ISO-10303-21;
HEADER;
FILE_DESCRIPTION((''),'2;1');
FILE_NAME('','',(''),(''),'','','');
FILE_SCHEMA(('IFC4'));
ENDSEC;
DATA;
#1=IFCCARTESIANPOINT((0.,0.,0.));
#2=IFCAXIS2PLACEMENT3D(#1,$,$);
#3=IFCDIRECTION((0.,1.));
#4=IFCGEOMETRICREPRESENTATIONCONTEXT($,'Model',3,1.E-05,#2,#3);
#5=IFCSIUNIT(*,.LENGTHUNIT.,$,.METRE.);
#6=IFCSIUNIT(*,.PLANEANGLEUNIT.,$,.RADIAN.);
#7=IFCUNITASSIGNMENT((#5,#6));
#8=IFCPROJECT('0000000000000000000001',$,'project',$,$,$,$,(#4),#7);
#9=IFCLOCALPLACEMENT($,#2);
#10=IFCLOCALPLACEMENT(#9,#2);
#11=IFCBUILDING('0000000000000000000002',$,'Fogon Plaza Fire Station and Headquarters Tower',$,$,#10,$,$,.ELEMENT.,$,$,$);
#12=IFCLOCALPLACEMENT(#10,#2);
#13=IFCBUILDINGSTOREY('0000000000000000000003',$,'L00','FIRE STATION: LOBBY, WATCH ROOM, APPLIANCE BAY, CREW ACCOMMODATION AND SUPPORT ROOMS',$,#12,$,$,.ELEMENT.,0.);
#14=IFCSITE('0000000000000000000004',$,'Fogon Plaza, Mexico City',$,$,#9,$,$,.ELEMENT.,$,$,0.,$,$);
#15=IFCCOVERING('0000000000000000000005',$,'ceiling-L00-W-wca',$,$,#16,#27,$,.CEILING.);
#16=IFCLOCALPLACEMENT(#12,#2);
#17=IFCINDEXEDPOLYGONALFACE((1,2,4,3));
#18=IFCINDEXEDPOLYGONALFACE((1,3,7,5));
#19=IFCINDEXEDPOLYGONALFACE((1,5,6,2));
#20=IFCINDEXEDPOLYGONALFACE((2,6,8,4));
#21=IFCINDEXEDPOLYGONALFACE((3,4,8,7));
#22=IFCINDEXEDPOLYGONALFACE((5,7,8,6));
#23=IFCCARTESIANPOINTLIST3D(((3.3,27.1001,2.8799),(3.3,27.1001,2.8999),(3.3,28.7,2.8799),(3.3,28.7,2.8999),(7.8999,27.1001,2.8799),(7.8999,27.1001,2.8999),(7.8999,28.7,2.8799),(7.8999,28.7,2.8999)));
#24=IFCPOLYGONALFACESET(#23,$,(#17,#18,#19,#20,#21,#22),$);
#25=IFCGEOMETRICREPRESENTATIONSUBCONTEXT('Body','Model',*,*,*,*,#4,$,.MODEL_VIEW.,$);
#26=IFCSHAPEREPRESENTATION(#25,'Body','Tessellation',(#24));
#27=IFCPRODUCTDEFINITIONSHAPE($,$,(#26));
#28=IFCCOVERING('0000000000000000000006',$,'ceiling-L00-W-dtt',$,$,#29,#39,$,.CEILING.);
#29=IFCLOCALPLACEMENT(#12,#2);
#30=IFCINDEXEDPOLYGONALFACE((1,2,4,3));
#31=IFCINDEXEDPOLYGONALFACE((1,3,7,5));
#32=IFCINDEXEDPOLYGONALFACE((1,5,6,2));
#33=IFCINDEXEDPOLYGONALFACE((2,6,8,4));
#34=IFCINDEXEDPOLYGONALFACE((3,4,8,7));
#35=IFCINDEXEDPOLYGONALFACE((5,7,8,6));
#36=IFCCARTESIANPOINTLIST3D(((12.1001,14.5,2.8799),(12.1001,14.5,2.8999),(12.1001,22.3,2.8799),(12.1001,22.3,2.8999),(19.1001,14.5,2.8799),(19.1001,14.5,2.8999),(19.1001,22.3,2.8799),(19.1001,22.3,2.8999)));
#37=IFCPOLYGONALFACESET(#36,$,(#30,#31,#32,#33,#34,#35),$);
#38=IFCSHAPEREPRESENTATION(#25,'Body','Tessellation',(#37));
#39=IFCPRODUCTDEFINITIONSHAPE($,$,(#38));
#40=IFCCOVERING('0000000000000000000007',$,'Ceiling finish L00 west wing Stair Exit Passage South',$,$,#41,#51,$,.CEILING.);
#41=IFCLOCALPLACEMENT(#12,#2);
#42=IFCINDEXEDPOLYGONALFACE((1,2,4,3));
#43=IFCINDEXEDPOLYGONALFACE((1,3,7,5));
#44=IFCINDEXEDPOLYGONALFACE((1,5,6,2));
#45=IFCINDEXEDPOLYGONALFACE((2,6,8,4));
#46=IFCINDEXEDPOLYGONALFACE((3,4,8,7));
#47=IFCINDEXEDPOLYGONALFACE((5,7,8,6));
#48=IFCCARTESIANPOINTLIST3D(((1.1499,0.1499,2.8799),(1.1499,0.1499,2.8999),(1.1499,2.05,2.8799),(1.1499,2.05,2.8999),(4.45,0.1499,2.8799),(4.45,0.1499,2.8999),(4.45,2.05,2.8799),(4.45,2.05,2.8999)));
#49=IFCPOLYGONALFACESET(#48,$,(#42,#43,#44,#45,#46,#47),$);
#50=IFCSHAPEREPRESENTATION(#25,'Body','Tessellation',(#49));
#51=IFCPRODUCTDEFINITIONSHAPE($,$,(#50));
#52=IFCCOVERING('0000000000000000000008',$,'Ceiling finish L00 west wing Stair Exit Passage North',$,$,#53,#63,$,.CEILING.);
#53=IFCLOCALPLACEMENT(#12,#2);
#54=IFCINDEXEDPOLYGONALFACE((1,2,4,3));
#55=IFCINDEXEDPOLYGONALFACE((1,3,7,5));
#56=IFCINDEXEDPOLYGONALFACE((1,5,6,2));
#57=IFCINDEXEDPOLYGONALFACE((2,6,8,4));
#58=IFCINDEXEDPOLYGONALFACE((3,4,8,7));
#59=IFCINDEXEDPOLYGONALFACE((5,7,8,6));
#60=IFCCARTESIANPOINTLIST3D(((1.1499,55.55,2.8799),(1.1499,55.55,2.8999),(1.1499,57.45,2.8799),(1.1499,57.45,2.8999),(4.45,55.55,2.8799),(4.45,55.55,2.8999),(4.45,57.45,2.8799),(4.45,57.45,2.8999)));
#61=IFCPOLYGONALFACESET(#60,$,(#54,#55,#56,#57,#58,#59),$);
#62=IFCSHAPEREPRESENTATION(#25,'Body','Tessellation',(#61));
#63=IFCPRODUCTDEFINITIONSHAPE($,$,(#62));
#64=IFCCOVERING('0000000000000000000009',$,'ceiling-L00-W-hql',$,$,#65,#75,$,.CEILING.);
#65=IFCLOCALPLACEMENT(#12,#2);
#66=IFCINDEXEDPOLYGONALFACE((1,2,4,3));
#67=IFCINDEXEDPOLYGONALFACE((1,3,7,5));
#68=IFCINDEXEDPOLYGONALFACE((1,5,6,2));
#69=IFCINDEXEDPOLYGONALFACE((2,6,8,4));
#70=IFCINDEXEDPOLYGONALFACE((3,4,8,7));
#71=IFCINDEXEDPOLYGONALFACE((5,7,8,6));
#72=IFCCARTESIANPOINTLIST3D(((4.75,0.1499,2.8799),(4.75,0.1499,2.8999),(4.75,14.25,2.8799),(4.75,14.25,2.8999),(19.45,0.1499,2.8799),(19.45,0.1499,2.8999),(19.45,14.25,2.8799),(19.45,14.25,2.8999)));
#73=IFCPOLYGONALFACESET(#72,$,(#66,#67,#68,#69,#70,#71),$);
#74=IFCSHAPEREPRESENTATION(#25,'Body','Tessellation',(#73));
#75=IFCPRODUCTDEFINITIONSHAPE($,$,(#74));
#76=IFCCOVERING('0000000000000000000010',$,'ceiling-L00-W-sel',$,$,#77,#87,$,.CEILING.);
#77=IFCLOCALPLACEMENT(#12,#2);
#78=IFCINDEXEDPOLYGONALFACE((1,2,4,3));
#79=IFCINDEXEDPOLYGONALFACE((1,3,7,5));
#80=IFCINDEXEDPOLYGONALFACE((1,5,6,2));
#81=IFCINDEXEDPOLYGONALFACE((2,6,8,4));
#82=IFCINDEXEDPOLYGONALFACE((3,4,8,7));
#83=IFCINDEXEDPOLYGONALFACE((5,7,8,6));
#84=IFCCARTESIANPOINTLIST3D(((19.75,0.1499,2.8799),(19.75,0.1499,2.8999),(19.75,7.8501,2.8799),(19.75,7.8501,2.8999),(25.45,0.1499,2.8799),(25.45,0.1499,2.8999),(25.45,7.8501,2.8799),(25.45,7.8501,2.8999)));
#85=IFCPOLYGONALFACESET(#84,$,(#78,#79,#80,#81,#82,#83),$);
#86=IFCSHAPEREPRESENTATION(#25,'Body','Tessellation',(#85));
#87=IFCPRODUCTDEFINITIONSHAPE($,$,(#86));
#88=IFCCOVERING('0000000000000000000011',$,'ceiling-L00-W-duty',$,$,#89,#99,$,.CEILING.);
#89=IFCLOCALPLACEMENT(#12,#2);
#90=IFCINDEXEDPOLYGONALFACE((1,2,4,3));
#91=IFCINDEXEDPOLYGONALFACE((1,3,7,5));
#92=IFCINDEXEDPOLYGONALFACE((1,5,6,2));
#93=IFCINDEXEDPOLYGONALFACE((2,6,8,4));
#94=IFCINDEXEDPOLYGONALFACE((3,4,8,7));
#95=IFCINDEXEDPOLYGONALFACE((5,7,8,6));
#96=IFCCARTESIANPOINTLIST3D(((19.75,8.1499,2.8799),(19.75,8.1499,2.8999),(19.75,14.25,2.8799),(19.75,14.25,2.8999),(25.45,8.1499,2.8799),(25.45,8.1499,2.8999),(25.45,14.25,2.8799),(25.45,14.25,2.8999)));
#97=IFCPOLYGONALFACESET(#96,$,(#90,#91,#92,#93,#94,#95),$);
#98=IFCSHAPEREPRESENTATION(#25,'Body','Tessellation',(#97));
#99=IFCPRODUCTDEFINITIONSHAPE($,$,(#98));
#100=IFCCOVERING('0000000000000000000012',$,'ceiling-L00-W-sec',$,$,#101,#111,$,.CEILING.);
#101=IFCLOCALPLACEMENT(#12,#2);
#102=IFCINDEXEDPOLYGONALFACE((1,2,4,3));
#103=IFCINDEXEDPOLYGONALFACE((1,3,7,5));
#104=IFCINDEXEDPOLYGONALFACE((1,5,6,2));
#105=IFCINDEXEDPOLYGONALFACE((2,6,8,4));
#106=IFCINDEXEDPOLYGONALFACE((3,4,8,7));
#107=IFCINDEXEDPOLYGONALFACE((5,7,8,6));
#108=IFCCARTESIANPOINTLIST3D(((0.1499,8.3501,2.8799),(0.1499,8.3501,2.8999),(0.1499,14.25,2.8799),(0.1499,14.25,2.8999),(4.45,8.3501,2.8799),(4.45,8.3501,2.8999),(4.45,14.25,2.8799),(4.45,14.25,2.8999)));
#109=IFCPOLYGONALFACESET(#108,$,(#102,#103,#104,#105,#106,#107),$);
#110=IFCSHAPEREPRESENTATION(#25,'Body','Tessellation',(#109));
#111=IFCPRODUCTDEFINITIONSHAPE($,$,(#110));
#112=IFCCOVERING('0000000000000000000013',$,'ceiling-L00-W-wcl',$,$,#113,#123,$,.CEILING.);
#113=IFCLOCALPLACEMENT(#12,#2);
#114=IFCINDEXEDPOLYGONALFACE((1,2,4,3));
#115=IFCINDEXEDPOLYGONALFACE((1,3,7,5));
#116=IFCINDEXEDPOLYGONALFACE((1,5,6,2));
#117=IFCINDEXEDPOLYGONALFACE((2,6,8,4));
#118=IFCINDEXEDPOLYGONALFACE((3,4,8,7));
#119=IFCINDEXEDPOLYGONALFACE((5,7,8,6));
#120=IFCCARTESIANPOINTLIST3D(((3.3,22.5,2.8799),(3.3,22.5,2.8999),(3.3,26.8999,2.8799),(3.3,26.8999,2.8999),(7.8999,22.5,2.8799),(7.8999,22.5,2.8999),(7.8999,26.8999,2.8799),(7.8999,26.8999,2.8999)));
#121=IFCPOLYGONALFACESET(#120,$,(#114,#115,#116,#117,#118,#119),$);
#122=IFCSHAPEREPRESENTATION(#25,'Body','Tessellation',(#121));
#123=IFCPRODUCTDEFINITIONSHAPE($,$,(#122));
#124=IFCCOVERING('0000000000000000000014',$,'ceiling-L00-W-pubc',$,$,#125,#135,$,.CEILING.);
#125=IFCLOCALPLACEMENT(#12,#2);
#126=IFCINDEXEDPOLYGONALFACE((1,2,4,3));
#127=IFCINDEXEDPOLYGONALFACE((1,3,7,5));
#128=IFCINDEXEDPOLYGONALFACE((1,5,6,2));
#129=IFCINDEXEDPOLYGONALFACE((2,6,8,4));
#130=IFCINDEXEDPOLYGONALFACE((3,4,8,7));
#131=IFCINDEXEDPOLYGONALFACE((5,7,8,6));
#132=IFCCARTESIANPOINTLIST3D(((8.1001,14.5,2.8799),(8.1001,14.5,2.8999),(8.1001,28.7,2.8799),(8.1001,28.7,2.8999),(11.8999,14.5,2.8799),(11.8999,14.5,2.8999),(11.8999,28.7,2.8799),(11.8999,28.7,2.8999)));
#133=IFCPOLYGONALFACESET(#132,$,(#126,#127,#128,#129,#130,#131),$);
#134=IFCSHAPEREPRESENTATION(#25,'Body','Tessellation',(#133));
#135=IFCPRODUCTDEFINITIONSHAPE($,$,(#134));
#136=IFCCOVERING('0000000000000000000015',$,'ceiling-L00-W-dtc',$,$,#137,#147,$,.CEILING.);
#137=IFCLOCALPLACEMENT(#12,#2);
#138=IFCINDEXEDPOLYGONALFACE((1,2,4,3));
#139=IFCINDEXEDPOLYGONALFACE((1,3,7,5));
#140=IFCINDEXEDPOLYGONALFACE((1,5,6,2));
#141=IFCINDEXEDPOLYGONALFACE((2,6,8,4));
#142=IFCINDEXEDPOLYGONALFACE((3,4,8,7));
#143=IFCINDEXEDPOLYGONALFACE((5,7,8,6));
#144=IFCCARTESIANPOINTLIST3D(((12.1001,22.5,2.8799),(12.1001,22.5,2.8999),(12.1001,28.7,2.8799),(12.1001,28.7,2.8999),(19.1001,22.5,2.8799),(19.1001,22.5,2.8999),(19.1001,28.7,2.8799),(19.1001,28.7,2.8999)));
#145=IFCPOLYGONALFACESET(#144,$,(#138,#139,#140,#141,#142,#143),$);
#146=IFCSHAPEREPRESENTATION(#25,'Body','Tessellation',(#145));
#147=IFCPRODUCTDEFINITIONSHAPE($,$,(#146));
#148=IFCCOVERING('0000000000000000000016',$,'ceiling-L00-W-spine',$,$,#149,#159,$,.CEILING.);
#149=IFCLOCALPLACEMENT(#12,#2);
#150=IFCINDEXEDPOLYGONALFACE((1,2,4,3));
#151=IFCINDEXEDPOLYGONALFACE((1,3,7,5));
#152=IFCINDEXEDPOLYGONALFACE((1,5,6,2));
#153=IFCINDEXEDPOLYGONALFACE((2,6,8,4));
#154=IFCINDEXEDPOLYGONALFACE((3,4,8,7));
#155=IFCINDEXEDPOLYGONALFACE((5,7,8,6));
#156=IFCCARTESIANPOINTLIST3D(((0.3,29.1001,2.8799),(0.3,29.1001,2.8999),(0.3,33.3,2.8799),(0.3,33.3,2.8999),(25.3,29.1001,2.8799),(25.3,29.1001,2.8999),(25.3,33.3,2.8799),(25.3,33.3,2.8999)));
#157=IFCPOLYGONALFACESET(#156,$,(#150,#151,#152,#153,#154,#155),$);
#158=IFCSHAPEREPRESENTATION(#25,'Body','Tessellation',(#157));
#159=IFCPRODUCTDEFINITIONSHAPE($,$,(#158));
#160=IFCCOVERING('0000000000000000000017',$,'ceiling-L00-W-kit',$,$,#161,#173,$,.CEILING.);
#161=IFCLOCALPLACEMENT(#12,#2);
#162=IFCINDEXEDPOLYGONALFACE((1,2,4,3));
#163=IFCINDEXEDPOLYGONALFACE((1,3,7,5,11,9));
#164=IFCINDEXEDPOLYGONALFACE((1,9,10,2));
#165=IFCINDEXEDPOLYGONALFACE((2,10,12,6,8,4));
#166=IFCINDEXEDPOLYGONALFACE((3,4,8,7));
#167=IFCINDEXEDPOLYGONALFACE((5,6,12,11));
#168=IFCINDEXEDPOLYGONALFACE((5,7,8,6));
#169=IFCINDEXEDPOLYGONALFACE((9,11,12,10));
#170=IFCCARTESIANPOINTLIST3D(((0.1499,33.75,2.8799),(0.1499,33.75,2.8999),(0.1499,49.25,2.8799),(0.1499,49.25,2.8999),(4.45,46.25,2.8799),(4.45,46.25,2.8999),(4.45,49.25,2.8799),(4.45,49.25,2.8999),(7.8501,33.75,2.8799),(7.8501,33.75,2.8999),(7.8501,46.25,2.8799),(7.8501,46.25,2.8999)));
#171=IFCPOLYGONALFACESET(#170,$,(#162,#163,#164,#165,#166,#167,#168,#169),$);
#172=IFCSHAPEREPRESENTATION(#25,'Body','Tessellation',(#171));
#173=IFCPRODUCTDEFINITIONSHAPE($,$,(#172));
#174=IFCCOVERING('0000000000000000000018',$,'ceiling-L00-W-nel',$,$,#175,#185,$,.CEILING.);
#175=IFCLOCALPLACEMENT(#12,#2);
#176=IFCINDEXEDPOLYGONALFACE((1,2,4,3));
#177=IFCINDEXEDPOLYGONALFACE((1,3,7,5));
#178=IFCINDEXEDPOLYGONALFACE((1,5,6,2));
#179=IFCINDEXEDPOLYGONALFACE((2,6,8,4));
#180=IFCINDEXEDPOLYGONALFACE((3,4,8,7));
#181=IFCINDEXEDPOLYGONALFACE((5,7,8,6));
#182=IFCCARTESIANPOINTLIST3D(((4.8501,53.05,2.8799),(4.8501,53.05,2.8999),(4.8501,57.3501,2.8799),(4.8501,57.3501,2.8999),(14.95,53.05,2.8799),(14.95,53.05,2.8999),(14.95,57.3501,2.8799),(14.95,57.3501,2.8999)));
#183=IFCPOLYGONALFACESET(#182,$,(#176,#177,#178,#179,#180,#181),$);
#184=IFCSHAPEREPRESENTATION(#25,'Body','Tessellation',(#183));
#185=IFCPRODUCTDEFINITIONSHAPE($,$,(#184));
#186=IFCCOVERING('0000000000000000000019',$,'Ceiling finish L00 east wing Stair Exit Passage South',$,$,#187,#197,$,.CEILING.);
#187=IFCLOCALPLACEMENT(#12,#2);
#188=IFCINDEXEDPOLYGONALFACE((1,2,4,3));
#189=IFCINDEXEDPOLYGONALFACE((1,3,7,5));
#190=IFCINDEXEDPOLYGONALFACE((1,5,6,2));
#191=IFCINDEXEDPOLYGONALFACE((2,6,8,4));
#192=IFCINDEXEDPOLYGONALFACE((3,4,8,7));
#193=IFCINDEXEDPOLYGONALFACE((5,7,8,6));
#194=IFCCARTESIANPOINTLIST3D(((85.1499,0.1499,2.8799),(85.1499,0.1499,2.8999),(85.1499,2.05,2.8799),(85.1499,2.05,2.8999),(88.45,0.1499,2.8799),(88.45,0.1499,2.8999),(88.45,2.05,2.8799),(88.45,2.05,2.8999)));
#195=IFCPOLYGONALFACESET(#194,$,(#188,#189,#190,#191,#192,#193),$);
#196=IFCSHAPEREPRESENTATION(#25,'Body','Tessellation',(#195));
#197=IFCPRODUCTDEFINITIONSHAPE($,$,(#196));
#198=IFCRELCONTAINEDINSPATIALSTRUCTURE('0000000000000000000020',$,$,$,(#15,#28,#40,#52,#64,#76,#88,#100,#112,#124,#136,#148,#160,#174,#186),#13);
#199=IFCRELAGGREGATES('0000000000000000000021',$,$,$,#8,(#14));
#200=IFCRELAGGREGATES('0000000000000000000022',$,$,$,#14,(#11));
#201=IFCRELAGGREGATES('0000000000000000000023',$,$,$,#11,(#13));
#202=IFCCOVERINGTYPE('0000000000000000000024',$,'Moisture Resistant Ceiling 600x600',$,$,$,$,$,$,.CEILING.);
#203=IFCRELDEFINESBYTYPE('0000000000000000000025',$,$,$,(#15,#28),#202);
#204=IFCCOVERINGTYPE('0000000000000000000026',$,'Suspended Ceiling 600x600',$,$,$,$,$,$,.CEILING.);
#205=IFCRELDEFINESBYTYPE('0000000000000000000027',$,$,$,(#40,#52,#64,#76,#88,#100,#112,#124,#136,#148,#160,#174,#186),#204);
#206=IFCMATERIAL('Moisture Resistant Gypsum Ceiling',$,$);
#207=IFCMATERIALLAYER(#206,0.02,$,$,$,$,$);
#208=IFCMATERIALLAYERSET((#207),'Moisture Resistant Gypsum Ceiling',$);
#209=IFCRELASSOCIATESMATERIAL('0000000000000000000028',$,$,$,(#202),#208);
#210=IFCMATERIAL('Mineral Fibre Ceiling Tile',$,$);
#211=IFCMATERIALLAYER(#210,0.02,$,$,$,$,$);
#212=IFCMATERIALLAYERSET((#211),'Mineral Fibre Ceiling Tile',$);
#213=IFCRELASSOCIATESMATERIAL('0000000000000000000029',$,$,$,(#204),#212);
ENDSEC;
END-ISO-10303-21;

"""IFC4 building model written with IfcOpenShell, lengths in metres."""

from ifc_helpers import new_model, si_unit, direction, frame, origin, place, context, subcontext, project, spatial, polyline, outline, extrude, material, layer, layer_set, type_object, element, save


model = new_model("IFC4")

# Units and contexts
model_context = context("Model", 3, precision=1e-05, world=origin(), true_north=direction((0.0, 1.0)))
body_context = subcontext(model_context, "Body", "Model", "MODEL_VIEW")
ifc_project = project(units=[si_unit("LENGTHUNIT", "METRE"), si_unit("PLANEANGLEUNIT", "RADIAN")], contexts=[model_context])

# Site, building, storey
site_placement = place(None, origin())
site = spatial("IfcSite", under=ifc_project, at=site_placement, Name="Fogon Plaza, Mexico City", CompositionType="ELEMENT", RefElevation=0.0)
building_placement = place(site_placement, origin())
building = spatial("IfcBuilding", under=site, at=building_placement, Name="Fogon Plaza Fire Station and Headquarters Tower", CompositionType="ELEMENT")
storey_placement = place(building_placement, origin())
storey = spatial("IfcBuildingStorey", under=building, at=storey_placement, Name="L00", Description="FIRE STATION: LOBBY, WATCH ROOM, APPLIANCE BAY, CREW ACCOMMODATION AND SUPPORT ROOMS", CompositionType="ELEMENT", Elevation=0.0)

# Coverings
ifc_material_1 = material(Name="Moisture Resistant Gypsum Ceiling")
ifc_layer_1 = layer(ifc_material_1, 0.02)
ifc_layer_set_1 = layer_set([ifc_layer_1], Name="Moisture Resistant Gypsum Ceiling")
covering_type_1 = type_object("IfcCoveringType", Name="Moisture Resistant Ceiling 600x600", PredefinedType="CEILING", material=ifc_layer_set_1)
covering_1_placement = place(storey_placement, frame((0.0, 0.0, 2.8799)))
element("IfcCovering", 1, at=covering_1_placement, inside=storey, type_object=covering_type_1, Name="ceiling-L00-W-wca", PredefinedType="CEILING", context=body_context, shape_type="SweptSolid", body=[
    extrude(outline(polyline([(3.3, 27.1001), (3.3, 28.7), (7.8999, 28.7), (7.8999, 27.1001), (3.3, 27.1001)])), origin(), (0.0, 0.0, 1.0), 0.02),
])
covering_2_placement = place(storey_placement, frame((0.0, 0.0, 2.8799)))
element("IfcCovering", 2, at=covering_2_placement, inside=storey, type_object=covering_type_1, Name="ceiling-L00-W-dtt", PredefinedType="CEILING", context=body_context, shape_type="SweptSolid", body=[
    extrude(outline(polyline([(12.1001, 14.5), (12.1001, 22.3), (19.1001, 22.3), (19.1001, 14.5), (12.1001, 14.5)])), origin(), (0.0, 0.0, 1.0), 0.02),
])
ifc_material_2 = material(Name="Mineral Fibre Ceiling Tile")
ifc_layer_2 = layer(ifc_material_2, 0.02)
ifc_layer_set_2 = layer_set([ifc_layer_2], Name="Mineral Fibre Ceiling Tile")
covering_type_2 = type_object("IfcCoveringType", Name="Suspended Ceiling 600x600", PredefinedType="CEILING", material=ifc_layer_set_2)
covering_3_placement = place(storey_placement, frame((0.0, 0.0, 2.8799)))
element("IfcCovering", 3, at=covering_3_placement, inside=storey, type_object=covering_type_2, Name="Ceiling finish L00 west wing Stair Exit Passage South", PredefinedType="CEILING", context=body_context, shape_type="SweptSolid", body=[
    extrude(outline(polyline([(1.1499, 0.1499), (1.1499, 2.05), (4.45, 2.05), (4.45, 0.1499), (1.1499, 0.1499)])), origin(), (0.0, 0.0, 1.0), 0.02),
])
covering_4_placement = place(storey_placement, frame((0.0, 0.0, 2.8799)))
element("IfcCovering", 4, at=covering_4_placement, inside=storey, type_object=covering_type_2, Name="Ceiling finish L00 west wing Stair Exit Passage North", PredefinedType="CEILING", context=body_context, shape_type="SweptSolid", body=[
    extrude(outline(polyline([(1.1499, 55.55), (1.1499, 57.45), (4.45, 57.45), (4.45, 55.55), (1.1499, 55.55)])), origin(), (0.0, 0.0, 1.0), 0.02),
])
covering_5_placement = place(storey_placement, frame((0.0, 0.0, 2.8799)))
element("IfcCovering", 5, at=covering_5_placement, inside=storey, type_object=covering_type_2, Name="ceiling-L00-W-hql", PredefinedType="CEILING", context=body_context, shape_type="SweptSolid", body=[
    extrude(outline(polyline([(4.75, 0.1499), (4.75, 14.25), (19.45, 14.25), (19.45, 0.1499), (4.75, 0.1499)])), origin(), (0.0, 0.0, 1.0), 0.02),
])
covering_6_placement = place(storey_placement, frame((0.0, 0.0, 2.8799)))
element("IfcCovering", 6, at=covering_6_placement, inside=storey, type_object=covering_type_2, Name="ceiling-L00-W-sel", PredefinedType="CEILING", context=body_context, shape_type="SweptSolid", body=[
    extrude(outline(polyline([(19.75, 0.1499), (19.75, 7.8501), (25.45, 7.8501), (25.45, 0.1499), (19.75, 0.1499)])), origin(), (0.0, 0.0, 1.0), 0.02),
])
covering_7_placement = place(storey_placement, frame((0.0, 0.0, 2.8799)))
element("IfcCovering", 7, at=covering_7_placement, inside=storey, type_object=covering_type_2, Name="ceiling-L00-W-duty", PredefinedType="CEILING", context=body_context, shape_type="SweptSolid", body=[
    extrude(outline(polyline([(19.75, 8.1499), (19.75, 14.25), (25.45, 14.25), (25.45, 8.1499), (19.75, 8.1499)])), origin(), (0.0, 0.0, 1.0), 0.02),
])
covering_8_placement = place(storey_placement, frame((0.0, 0.0, 2.8799)))
element("IfcCovering", 8, at=covering_8_placement, inside=storey, type_object=covering_type_2, Name="ceiling-L00-W-sec", PredefinedType="CEILING", context=body_context, shape_type="SweptSolid", body=[
    extrude(outline(polyline([(0.1499, 8.3501), (0.1499, 14.25), (4.45, 14.25), (4.45, 8.3501), (0.1499, 8.3501)])), origin(), (0.0, 0.0, 1.0), 0.02),
])
covering_9_placement = place(storey_placement, frame((0.0, 0.0, 2.8799)))
element("IfcCovering", 9, at=covering_9_placement, inside=storey, type_object=covering_type_2, Name="ceiling-L00-W-wcl", PredefinedType="CEILING", context=body_context, shape_type="SweptSolid", body=[
    extrude(outline(polyline([(3.3, 22.5), (3.3, 26.8999), (7.8999, 26.8999), (7.8999, 22.5), (3.3, 22.5)])), origin(), (0.0, 0.0, 1.0), 0.02),
])
covering_10_placement = place(storey_placement, frame((0.0, 0.0, 2.8799)))
element("IfcCovering", 10, at=covering_10_placement, inside=storey, type_object=covering_type_2, Name="ceiling-L00-W-pubc", PredefinedType="CEILING", context=body_context, shape_type="SweptSolid", body=[
    extrude(outline(polyline([(8.1001, 14.5), (8.1001, 28.7), (11.8999, 28.7), (11.8999, 14.5), (8.1001, 14.5)])), origin(), (0.0, 0.0, 1.0), 0.02),
])
covering_11_placement = place(storey_placement, frame((0.0, 0.0, 2.8799)))
element("IfcCovering", 11, at=covering_11_placement, inside=storey, type_object=covering_type_2, Name="ceiling-L00-W-dtc", PredefinedType="CEILING", context=body_context, shape_type="SweptSolid", body=[
    extrude(outline(polyline([(12.1001, 22.5), (12.1001, 28.7), (19.1001, 28.7), (19.1001, 22.5), (12.1001, 22.5)])), origin(), (0.0, 0.0, 1.0), 0.02),
])
covering_12_placement = place(storey_placement, frame((0.0, 0.0, 2.8799)))
element("IfcCovering", 12, at=covering_12_placement, inside=storey, type_object=covering_type_2, Name="ceiling-L00-W-spine", PredefinedType="CEILING", context=body_context, shape_type="SweptSolid", body=[
    extrude(outline(polyline([(0.3, 29.1001), (0.3, 33.3), (25.3, 33.3), (25.3, 29.1001), (0.3, 29.1001)])), origin(), (0.0, 0.0, 1.0), 0.02),
])
covering_13_placement = place(storey_placement, frame((0.0, 0.0, 2.8799)))
element("IfcCovering", 13, at=covering_13_placement, inside=storey, type_object=covering_type_2, Name="ceiling-L00-W-kit", PredefinedType="CEILING", context=body_context, shape_type="SweptSolid", body=[
    extrude(outline(polyline([(0.1499, 33.75), (0.1499, 49.25), (4.45, 49.25), (4.45, 46.25), (7.8501, 46.25), (7.8501, 33.75), (0.1499, 33.75)])), origin(), (0.0, 0.0, 1.0), 0.02),
])
covering_14_placement = place(storey_placement, frame((0.0, 0.0, 2.8799)))
element("IfcCovering", 14, at=covering_14_placement, inside=storey, type_object=covering_type_2, Name="ceiling-L00-W-nel", PredefinedType="CEILING", context=body_context, shape_type="SweptSolid", body=[
    extrude(outline(polyline([(4.8501, 53.05), (4.8501, 57.3501), (14.95, 57.3501), (14.95, 53.05), (4.8501, 53.05)])), origin(), (0.0, 0.0, 1.0), 0.02),
])
covering_15_placement = place(storey_placement, frame((0.0, 0.0, 2.8799)))
element("IfcCovering", 15, at=covering_15_placement, inside=storey, type_object=covering_type_2, Name="Ceiling finish L00 east wing Stair Exit Passage South", PredefinedType="CEILING", context=body_context, shape_type="SweptSolid", body=[
    extrude(outline(polyline([(85.1499, 0.1499), (85.1499, 2.05), (88.45, 2.05), (88.45, 0.1499), (85.1499, 0.1499)])), origin(), (0.0, 0.0, 1.0), 0.02),
])

save(model, "model.ifc")
